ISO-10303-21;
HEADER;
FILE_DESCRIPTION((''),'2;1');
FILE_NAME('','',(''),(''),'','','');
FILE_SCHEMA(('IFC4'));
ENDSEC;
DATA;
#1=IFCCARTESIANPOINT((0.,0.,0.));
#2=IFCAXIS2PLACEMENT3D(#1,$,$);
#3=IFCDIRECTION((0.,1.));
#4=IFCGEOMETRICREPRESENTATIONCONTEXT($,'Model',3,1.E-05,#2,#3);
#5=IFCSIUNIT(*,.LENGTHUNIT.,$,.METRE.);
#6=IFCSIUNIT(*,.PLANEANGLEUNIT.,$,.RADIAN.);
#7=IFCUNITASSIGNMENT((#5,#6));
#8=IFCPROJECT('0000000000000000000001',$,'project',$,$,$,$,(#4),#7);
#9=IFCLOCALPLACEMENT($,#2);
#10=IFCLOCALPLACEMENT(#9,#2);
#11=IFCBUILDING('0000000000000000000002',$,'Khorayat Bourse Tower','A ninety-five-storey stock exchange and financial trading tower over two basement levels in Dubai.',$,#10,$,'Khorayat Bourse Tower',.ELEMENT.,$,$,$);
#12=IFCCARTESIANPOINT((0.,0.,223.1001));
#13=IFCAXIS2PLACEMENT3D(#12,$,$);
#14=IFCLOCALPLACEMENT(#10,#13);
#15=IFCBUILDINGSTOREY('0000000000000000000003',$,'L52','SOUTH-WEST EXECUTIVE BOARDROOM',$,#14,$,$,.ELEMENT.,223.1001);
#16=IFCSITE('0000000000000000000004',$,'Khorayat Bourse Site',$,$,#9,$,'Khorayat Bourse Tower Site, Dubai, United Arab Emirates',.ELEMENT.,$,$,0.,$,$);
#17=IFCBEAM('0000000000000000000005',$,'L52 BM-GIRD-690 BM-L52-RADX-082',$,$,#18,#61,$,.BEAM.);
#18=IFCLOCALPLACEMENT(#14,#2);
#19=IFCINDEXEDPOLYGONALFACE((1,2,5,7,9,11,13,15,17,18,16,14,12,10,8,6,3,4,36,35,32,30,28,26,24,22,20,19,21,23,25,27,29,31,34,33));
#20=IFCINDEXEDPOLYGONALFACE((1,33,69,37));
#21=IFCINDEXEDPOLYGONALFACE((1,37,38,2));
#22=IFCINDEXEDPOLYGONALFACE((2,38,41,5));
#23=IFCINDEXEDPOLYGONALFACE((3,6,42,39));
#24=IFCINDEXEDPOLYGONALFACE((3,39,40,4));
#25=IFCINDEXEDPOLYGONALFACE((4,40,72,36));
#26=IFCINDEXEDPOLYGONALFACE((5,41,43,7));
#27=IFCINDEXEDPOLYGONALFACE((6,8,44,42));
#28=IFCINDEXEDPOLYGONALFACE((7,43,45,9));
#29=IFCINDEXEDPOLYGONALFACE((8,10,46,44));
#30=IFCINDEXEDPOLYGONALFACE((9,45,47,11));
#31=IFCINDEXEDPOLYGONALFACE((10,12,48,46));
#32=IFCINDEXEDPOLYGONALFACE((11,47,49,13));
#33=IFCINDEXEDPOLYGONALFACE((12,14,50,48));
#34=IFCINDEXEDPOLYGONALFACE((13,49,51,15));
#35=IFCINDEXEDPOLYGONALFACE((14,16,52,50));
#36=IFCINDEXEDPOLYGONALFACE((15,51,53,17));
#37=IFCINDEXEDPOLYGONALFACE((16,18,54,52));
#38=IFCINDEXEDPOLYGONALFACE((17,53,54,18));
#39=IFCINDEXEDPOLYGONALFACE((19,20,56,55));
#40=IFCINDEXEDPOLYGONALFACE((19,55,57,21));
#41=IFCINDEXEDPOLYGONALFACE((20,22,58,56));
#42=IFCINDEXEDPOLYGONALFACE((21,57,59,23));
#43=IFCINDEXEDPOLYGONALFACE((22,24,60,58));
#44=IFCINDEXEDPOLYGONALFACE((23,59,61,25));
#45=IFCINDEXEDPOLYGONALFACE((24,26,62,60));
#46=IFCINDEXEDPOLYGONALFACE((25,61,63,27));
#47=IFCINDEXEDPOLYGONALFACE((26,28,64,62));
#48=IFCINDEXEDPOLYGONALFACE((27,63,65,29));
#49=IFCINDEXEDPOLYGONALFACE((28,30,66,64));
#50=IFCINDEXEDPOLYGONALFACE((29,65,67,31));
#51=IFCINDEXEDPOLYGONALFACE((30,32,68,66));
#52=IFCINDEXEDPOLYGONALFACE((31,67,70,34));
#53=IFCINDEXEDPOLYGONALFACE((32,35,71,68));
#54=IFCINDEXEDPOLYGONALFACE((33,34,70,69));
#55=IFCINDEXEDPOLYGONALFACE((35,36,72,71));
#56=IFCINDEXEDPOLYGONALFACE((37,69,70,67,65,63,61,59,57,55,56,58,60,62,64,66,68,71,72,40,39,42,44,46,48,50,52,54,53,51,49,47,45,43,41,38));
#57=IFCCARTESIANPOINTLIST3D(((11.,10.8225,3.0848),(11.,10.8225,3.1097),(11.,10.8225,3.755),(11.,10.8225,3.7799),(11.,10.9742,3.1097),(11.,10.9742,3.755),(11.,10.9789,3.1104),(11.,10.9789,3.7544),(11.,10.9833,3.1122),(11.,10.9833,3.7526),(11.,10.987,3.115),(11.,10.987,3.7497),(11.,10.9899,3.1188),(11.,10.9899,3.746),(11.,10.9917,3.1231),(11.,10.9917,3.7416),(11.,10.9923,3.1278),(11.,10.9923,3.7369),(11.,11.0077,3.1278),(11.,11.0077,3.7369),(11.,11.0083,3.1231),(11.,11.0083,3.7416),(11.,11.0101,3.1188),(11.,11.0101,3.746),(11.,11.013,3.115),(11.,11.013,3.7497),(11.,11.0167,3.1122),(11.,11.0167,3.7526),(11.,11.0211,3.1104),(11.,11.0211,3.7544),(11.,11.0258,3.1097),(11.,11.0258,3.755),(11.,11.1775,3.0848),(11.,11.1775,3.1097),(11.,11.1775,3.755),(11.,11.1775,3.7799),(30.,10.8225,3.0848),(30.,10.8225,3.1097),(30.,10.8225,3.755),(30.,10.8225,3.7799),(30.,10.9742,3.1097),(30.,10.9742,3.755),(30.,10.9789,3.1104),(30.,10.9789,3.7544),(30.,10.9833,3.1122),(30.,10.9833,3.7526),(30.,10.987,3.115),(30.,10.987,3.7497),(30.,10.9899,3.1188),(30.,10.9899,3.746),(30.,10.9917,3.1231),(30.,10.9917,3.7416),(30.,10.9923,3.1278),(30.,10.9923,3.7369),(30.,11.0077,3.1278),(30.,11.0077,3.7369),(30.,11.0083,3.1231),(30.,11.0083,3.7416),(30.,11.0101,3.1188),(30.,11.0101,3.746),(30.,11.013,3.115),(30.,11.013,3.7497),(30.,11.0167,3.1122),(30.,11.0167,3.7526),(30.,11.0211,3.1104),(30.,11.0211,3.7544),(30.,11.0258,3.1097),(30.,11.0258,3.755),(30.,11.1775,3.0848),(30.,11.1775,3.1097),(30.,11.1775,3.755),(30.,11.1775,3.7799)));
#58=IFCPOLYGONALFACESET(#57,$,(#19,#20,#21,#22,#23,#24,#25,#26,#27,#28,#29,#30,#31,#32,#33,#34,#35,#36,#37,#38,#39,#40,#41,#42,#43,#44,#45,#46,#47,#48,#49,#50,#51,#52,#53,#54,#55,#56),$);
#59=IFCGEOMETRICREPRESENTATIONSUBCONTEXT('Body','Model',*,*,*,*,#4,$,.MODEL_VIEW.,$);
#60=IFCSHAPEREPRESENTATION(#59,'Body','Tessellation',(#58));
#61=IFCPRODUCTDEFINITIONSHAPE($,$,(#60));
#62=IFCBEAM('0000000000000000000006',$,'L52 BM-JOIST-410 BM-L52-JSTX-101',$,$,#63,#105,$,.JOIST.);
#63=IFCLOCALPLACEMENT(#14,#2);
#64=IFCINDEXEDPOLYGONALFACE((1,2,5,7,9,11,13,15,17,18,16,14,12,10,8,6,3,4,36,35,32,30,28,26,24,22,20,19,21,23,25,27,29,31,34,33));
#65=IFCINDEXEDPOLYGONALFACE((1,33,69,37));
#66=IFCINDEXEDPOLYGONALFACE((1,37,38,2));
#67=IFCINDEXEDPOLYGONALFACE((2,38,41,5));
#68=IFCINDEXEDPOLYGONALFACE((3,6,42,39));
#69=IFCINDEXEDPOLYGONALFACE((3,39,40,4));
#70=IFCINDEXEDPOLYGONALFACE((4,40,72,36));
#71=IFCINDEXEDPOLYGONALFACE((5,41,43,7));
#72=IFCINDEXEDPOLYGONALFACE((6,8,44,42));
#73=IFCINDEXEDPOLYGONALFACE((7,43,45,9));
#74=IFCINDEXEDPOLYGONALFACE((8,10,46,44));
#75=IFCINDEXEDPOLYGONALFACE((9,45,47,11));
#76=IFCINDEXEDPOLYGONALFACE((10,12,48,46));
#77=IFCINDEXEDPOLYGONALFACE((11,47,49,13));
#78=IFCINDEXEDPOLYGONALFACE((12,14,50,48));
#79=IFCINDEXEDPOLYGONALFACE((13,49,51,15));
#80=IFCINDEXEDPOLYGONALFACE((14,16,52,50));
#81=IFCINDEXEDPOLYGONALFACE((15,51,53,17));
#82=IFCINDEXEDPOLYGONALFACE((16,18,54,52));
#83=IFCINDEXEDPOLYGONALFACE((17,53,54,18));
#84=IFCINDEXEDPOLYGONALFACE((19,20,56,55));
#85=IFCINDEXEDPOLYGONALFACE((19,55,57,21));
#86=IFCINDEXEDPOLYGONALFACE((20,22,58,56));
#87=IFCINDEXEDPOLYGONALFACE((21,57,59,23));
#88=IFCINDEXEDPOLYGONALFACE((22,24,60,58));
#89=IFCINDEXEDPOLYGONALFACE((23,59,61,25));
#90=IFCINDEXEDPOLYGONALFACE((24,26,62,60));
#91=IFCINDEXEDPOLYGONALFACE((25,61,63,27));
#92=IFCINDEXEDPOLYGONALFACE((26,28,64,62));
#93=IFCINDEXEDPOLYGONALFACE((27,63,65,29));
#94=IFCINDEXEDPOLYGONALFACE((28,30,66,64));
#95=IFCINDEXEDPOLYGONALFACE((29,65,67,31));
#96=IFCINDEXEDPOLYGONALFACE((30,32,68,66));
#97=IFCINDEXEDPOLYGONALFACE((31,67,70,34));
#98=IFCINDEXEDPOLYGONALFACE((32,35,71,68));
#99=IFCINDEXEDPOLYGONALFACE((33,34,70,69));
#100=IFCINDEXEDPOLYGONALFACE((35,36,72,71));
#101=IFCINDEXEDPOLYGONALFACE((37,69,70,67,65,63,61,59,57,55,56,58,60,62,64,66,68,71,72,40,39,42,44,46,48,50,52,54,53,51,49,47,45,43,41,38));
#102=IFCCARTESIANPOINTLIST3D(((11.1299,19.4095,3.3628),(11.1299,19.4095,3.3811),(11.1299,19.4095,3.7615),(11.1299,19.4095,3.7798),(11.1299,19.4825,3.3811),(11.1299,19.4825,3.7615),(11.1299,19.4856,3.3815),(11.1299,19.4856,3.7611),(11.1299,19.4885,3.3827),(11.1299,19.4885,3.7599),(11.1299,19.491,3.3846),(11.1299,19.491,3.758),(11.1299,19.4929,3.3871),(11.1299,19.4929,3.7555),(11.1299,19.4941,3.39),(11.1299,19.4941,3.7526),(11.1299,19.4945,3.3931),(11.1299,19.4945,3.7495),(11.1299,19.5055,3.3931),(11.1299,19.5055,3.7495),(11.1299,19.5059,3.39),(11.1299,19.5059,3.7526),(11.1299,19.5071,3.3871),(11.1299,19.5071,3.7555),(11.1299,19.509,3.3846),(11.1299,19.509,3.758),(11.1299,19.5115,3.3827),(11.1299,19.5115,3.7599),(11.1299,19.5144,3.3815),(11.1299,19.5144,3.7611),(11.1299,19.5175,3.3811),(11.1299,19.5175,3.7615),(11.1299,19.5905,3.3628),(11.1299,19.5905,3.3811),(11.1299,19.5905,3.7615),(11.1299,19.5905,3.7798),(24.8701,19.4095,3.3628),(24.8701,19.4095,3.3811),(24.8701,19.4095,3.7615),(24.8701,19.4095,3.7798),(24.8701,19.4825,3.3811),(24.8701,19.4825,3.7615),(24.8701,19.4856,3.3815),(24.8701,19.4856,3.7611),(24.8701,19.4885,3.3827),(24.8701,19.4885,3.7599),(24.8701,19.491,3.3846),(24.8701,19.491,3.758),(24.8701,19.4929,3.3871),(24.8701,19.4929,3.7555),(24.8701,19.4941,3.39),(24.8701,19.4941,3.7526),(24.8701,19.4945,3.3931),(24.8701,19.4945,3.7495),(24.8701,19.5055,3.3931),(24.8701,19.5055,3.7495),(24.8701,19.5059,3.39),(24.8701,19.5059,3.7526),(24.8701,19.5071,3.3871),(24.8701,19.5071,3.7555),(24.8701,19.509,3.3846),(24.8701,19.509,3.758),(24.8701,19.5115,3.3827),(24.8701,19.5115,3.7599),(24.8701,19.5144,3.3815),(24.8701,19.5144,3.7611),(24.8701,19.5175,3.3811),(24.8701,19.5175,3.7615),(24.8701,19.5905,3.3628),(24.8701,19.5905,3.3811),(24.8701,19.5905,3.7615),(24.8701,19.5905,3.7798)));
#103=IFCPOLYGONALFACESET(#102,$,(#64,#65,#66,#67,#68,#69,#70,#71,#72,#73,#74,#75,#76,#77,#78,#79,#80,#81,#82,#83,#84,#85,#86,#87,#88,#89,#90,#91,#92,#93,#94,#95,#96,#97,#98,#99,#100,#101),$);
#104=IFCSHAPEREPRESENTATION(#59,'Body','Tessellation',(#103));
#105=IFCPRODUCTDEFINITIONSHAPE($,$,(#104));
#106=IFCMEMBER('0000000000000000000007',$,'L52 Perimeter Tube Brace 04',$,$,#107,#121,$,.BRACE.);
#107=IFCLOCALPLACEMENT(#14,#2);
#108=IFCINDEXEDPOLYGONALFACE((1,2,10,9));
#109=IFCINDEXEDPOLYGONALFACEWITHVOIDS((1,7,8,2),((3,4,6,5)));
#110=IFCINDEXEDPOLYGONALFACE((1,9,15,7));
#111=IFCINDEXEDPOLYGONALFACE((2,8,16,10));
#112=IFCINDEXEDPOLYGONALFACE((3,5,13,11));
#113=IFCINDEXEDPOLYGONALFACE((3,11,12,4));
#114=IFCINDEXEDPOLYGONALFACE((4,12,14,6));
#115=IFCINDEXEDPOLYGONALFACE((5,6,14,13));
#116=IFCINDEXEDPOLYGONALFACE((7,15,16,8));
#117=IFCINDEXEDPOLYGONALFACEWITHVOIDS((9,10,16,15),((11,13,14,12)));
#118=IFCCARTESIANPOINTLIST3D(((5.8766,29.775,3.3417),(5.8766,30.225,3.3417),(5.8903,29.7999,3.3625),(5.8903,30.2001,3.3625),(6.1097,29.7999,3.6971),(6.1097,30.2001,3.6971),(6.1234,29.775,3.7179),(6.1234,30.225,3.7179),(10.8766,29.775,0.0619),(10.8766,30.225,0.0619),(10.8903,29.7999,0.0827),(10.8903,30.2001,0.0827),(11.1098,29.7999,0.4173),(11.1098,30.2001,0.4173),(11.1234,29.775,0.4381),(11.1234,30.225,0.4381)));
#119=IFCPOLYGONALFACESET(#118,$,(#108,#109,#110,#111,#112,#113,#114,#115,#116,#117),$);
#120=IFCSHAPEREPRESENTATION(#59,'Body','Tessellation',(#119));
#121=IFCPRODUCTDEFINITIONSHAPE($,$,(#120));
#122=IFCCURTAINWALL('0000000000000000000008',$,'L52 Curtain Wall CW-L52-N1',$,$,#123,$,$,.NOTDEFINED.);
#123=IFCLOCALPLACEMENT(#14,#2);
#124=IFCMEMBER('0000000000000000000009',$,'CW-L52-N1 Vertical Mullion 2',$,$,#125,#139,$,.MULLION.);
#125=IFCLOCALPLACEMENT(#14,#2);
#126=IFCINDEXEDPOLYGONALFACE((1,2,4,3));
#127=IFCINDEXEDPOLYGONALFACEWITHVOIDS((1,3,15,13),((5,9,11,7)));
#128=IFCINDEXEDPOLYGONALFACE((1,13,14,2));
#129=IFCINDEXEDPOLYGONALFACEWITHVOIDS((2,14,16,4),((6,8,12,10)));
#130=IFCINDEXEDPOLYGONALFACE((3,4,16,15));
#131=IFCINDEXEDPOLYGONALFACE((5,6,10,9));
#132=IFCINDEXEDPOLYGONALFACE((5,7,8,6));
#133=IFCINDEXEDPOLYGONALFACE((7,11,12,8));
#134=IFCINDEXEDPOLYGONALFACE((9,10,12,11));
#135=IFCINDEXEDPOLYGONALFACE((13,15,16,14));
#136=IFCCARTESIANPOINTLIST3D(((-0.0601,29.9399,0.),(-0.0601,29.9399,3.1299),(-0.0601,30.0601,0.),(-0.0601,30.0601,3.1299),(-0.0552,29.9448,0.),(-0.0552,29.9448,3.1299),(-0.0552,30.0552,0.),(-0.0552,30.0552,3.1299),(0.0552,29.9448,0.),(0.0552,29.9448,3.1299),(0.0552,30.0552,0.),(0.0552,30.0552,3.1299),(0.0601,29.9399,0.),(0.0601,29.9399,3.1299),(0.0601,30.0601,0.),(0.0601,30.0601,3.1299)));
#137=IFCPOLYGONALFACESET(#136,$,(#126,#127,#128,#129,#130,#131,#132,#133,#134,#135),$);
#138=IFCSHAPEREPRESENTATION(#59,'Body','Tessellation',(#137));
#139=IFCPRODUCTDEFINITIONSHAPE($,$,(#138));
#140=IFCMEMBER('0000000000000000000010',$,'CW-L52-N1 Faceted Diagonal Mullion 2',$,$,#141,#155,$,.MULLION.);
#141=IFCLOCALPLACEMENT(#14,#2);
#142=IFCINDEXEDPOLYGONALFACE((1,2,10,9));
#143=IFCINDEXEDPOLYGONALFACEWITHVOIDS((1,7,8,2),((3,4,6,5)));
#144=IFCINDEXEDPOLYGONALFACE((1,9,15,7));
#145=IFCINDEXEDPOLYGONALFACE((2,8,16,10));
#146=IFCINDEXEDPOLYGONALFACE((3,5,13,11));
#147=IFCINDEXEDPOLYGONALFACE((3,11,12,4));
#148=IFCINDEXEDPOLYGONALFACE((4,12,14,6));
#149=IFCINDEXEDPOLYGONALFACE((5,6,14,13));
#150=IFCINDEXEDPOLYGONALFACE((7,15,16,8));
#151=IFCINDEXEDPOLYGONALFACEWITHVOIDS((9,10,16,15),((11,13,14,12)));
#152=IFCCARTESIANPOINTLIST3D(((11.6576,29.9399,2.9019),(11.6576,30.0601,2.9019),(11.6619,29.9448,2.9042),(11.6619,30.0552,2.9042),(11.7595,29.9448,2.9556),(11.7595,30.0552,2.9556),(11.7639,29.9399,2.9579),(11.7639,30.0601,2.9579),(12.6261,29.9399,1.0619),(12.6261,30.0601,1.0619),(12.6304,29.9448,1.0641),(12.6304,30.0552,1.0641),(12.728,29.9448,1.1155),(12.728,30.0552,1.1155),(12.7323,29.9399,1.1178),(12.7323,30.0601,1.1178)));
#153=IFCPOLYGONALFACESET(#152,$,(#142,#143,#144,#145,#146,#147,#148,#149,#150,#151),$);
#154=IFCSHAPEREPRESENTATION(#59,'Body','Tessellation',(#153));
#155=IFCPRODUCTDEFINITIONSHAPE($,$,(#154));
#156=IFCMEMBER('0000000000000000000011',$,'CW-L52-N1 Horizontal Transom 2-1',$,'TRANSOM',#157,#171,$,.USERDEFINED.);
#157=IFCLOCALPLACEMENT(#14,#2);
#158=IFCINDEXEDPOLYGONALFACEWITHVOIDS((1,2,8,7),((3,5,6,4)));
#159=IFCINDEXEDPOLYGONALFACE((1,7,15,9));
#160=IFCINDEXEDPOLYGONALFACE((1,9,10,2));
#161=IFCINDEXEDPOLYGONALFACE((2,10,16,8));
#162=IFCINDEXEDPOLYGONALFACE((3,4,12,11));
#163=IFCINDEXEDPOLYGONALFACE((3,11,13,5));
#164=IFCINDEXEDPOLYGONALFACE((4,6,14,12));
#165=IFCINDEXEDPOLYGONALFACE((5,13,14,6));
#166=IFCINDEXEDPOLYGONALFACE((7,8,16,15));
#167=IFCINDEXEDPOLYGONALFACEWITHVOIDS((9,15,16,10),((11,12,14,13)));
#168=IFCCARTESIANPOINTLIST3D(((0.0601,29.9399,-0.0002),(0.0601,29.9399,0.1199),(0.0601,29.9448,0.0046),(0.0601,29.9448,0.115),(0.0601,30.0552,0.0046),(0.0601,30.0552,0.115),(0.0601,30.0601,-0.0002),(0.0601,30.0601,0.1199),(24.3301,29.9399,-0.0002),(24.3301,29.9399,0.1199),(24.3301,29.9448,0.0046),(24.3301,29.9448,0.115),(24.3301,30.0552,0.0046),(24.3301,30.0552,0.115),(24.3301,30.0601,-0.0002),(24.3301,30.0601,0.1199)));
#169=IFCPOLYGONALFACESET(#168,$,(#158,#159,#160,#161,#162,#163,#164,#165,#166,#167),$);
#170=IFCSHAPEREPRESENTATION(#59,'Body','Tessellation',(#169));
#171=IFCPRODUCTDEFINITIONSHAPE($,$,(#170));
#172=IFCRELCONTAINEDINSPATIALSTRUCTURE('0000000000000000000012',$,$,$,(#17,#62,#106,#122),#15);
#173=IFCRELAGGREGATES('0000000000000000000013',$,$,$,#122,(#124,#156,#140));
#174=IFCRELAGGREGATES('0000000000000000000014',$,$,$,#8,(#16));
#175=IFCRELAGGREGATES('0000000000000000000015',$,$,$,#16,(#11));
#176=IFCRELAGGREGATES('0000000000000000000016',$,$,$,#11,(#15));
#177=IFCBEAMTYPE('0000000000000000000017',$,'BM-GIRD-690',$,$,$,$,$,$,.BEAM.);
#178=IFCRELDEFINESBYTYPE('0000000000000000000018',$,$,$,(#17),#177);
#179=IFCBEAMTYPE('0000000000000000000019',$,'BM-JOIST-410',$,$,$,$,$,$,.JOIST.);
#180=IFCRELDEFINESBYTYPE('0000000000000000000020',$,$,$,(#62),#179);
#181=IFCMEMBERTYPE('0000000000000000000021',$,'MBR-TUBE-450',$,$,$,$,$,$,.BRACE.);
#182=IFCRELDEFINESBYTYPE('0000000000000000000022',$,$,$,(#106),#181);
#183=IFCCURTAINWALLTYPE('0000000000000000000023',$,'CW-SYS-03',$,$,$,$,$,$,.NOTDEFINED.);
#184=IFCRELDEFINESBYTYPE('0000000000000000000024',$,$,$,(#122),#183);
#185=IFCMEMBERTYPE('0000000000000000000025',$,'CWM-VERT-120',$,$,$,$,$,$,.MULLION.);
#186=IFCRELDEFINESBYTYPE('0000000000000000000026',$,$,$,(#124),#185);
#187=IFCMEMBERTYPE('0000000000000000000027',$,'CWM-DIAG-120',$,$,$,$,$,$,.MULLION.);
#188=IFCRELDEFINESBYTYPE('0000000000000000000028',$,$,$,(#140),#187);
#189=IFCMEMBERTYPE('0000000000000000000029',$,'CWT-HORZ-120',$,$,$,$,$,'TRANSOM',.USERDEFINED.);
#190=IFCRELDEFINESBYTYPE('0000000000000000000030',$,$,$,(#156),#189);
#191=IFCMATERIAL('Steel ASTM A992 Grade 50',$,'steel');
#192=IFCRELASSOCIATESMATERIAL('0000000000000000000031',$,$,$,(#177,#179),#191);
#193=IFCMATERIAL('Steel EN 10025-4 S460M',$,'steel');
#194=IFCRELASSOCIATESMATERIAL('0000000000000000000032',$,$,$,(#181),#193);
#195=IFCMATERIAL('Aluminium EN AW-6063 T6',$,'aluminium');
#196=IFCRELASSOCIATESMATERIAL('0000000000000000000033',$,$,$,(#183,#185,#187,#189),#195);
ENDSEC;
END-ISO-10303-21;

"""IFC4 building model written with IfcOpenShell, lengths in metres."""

from ifc_helpers import new_model, si_unit, direction, frame, origin, origin_2d, place, context, subcontext, project, spatial, hollow_rectangle, i_section, extrude, source, transform, mapped, material, material_profile, profile_set, type_object, element, aggregate, save


model = new_model("IFC4")

# Units and contexts
model_context = context("Model", 3, precision=1e-05, world=origin(), true_north=direction((0.0, 1.0)))
body_context = subcontext(model_context, "Body", "Model", "MODEL_VIEW")
ifc_project = project(units=[si_unit("LENGTHUNIT", "METRE"), si_unit("PLANEANGLEUNIT", "RADIAN")], contexts=[model_context])

# Site, building, storey
site_placement = place(None, origin())
site = spatial("IfcSite", under=ifc_project, at=site_placement, Name="Khorayat Bourse Site", LongName="Khorayat Bourse Tower Site, Dubai, United Arab Emirates", CompositionType="ELEMENT", RefElevation=0.0)
building_placement = place(site_placement, origin())
building = spatial("IfcBuilding", under=site, at=building_placement, Name="Khorayat Bourse Tower", Description="A ninety-five-storey stock exchange and financial trading tower over two basement levels in Dubai.", LongName="Khorayat Bourse Tower", CompositionType="ELEMENT")
storey_placement = place(building_placement, frame((0.0, 0.0, 223.1001)))
storey = spatial("IfcBuildingStorey", under=building, at=storey_placement, Name="L52", Description="SOUTH-WEST EXECUTIVE BOARDROOM", CompositionType="ELEMENT", Elevation=223.1001)

# Shared definitions
ifc_material_1 = material(Name="Steel EN 10025-4 S460M", Category="steel")

# Beams
ifc_material_2 = material(Name="Steel ASTM A992 Grade 50", Category="steel")
ifc_material_profile_1 = material_profile(ifc_material_2, i_section(OverallWidth=0.355, OverallDepth=0.6951, WebThickness=0.0154, FlangeThickness=0.0249, FilletRadius=0.0181, at=origin_2d()), Name="W690X217")
ifc_profile_set_1 = profile_set([ifc_material_profile_1], Name="Steel ASTM A992 Grade 50")
beam_type_1 = type_object("IfcBeamType", Name="BM-GIRD-690", PredefinedType="BEAM", material=ifc_profile_set_1)
shared_shape_1 = source(origin(), body_context, "Body", "SweptSolid", [
    extrude(i_section(OverallWidth=0.355, OverallDepth=0.6951, WebThickness=0.0154, FlangeThickness=0.0249, FilletRadius=0.0181, at=origin_2d()), origin(), (0.0, 0.0, 1.0), 19.0),
])
for number, where, z_axis, x_axis, name in (
    (1, (11.0, 11.0, 3.4324), (1.0, 0.0, 0.0), (0.0, 1.0, 0.0), "L52 BM-GIRD-690 BM-L52-RADX-082"),
):
    element("IfcBeam", number, at=place(storey_placement, frame(where, z_axis=z_axis, x_axis=x_axis)), inside=storey, type_object=beam_type_1, Name=name, PredefinedType="BEAM", context=body_context, shape_type="MappedRepresentation", body=[
        mapped(shared_shape_1, transform((0.0, 0.0, 0.0), scale=1.0)),
    ])
ifc_material_profile_2 = material_profile(ifc_material_2, i_section(OverallWidth=0.1809, OverallDepth=0.417, WebThickness=0.011, FlangeThickness=0.0183, FilletRadius=0.012, at=origin_2d()), Name="W410X85")
ifc_profile_set_2 = profile_set([ifc_material_profile_2], Name="Steel ASTM A992 Grade 50")
beam_type_2 = type_object("IfcBeamType", Name="BM-JOIST-410", PredefinedType="JOIST", material=ifc_profile_set_2)
shared_shape_2 = source(origin(), body_context, "Body", "SweptSolid", [
    extrude(i_section(OverallWidth=0.1809, OverallDepth=0.417, WebThickness=0.011, FlangeThickness=0.0183, FilletRadius=0.012, at=origin_2d()), origin(), (0.0, 0.0, 1.0), 13.7402),
])
beam_1_placement = place(storey_placement, frame((11.1299, 19.5, 3.5713), z_axis=(1.0, 0.0, 0.0), x_axis=(0.0, 1.0, 0.0)))
element("IfcBeam", 2, at=beam_1_placement, inside=storey, type_object=beam_type_2, Name="L52 BM-JOIST-410 BM-L52-JSTX-101", PredefinedType="JOIST", context=body_context, shape_type="MappedRepresentation", body=[
    mapped(shared_shape_2, transform((0.0, 0.0, 0.0), scale=1.0)),
])

# Member
ifc_material_profile_3 = material_profile(ifc_material_1, hollow_rectangle(XDim=0.45, YDim=0.45, WallThickness=0.0249, at=origin_2d()), Name="HSS 450x450x25")
ifc_profile_set_3 = profile_set([ifc_material_profile_3], Name="Steel EN 10025-4 S460M")
member_type_1 = type_object("IfcMemberType", Name="MBR-TUBE-450", PredefinedType="BRACE", material=ifc_profile_set_3)
shared_shape_3 = source(origin(), body_context, "Body", "SweptSolid", [
    extrude(hollow_rectangle(XDim=0.45, YDim=0.45, WallThickness=0.0249, at=origin_2d()), origin(), (0.0, 0.0, 1.0), 5.9797),
])
member_1_placement = place(storey_placement, frame((6.0, 30.0, 3.5298), z_axis=(0.83616, 0.0, -0.548485), x_axis=(0.0, 1.0, 0.0)))
element("IfcMember", 3, at=member_1_placement, inside=storey, type_object=member_type_1, Name="L52 Perimeter Tube Brace 04", PredefinedType="BRACE", context=body_context, shape_type="MappedRepresentation", body=[
    mapped(shared_shape_3, transform((0.0, 0.0, 0.0), scale=1.0)),
])

# Curtain wall, members
ifc_material_3 = material(Name="Aluminium EN AW-6063 T6", Category="aluminium")
curtain_wall_type = type_object("IfcCurtainWallType", Name="CW-SYS-03", PredefinedType="NOTDEFINED", material=ifc_material_3)
curtain_wall_placement = place(storey_placement, origin())
curtain_wall = element("IfcCurtainWall", 4, at=curtain_wall_placement, inside=storey, type_object=curtain_wall_type, Name="L52 Curtain Wall CW-L52-N1", PredefinedType="NOTDEFINED")
ifc_material_profile_4 = material_profile(ifc_material_3, hollow_rectangle(XDim=0.1201, YDim=0.1201, WallThickness=0.0049, at=origin_2d()), Name="ALU 120x120x5")
ifc_profile_set_4 = profile_set([ifc_material_profile_4], Name="Aluminium EN AW-6063 T6")
member_type_2 = type_object("IfcMemberType", Name="CWM-VERT-120", PredefinedType="MULLION", material=ifc_profile_set_4)
shared_shape_4 = source(origin(), body_context, "Body", "SweptSolid", [
    extrude(hollow_rectangle(XDim=0.1201, YDim=0.1201, WallThickness=0.0049, at=origin_2d()), origin(), (0.0, 0.0, 1.0), 3.1299),
])
member_2_placement = place(storey_placement, frame((0.0, 30.0, 0.0), z_axis=(0.0, 0.0, 1.0), x_axis=(0.0, 1.0, 0.0)))
member_2 = element("IfcMember", 5, at=member_2_placement, type_object=member_type_2, Name="CW-L52-N1 Vertical Mullion 2", PredefinedType="MULLION", context=body_context, shape_type="MappedRepresentation", body=[
    mapped(shared_shape_4, transform((0.0, 0.0, 0.0), scale=1.0)),
])
ifc_material_profile_5 = material_profile(ifc_material_3, hollow_rectangle(XDim=0.1201, YDim=0.1201, WallThickness=0.0049, at=origin_2d()), Name="ALU 120x120x5")
ifc_profile_set_5 = profile_set([ifc_material_profile_5], Name="Aluminium EN AW-6063 T6")
member_type_3 = type_object("IfcMemberType", Name="CWM-DIAG-120", PredefinedType="MULLION", material=ifc_profile_set_5)
shared_shape_5 = source(origin(), body_context, "Body", "SweptSolid", [
    extrude(hollow_rectangle(XDim=0.1201, YDim=0.1201, WallThickness=0.0049, at=origin_2d()), origin(), (0.0, 0.0, 1.0), 2.0793),
])
member_3_placement = place(storey_placement, frame((12.6792, 30.0, 1.0898), z_axis=(-0.465761, 0.0, 0.884911), x_axis=(0.0, -1.0, 0.0)))
member_3 = element("IfcMember", 6, at=member_3_placement, type_object=member_type_3, Name="CW-L52-N1 Faceted Diagonal Mullion 2", PredefinedType="MULLION", context=body_context, shape_type="MappedRepresentation", body=[
    mapped(shared_shape_5, transform((0.0, 0.0, 0.0), scale=1.0)),
])
ifc_material_profile_6 = material_profile(ifc_material_3, hollow_rectangle(XDim=0.1201, YDim=0.1201, WallThickness=0.0049, at=origin_2d()), Name="ALU 120x120x5")
ifc_profile_set_6 = profile_set([ifc_material_profile_6], Name="Aluminium EN AW-6063 T6")
member_type_4 = type_object("IfcMemberType", Name="CWT-HORZ-120", ElementType="TRANSOM", PredefinedType="USERDEFINED", material=ifc_profile_set_6)
shared_shape_6 = source(origin(), body_context, "Body", "SweptSolid", [
    extrude(hollow_rectangle(XDim=0.1201, YDim=0.1201, WallThickness=0.0049, at=origin_2d()), origin(), (0.0, 0.0, 1.0), 24.27),
])
member_4_placement = place(storey_placement, frame((0.0601, 30.0, 0.0598), z_axis=(1.0, 0.0, 0.0), x_axis=(0.0, 1.0, 0.0)))
member_4 = element("IfcMember", 7, at=member_4_placement, type_object=member_type_4, Name="CW-L52-N1 Horizontal Transom 2-1", ObjectType="TRANSOM", PredefinedType="USERDEFINED", context=body_context, shape_type="MappedRepresentation", body=[
    mapped(shared_shape_6, transform((0.0, 0.0, 0.0), scale=1.0)),
])

aggregate(curtain_wall, [member_2, member_4, member_3])

save(model, "model.ifc")
